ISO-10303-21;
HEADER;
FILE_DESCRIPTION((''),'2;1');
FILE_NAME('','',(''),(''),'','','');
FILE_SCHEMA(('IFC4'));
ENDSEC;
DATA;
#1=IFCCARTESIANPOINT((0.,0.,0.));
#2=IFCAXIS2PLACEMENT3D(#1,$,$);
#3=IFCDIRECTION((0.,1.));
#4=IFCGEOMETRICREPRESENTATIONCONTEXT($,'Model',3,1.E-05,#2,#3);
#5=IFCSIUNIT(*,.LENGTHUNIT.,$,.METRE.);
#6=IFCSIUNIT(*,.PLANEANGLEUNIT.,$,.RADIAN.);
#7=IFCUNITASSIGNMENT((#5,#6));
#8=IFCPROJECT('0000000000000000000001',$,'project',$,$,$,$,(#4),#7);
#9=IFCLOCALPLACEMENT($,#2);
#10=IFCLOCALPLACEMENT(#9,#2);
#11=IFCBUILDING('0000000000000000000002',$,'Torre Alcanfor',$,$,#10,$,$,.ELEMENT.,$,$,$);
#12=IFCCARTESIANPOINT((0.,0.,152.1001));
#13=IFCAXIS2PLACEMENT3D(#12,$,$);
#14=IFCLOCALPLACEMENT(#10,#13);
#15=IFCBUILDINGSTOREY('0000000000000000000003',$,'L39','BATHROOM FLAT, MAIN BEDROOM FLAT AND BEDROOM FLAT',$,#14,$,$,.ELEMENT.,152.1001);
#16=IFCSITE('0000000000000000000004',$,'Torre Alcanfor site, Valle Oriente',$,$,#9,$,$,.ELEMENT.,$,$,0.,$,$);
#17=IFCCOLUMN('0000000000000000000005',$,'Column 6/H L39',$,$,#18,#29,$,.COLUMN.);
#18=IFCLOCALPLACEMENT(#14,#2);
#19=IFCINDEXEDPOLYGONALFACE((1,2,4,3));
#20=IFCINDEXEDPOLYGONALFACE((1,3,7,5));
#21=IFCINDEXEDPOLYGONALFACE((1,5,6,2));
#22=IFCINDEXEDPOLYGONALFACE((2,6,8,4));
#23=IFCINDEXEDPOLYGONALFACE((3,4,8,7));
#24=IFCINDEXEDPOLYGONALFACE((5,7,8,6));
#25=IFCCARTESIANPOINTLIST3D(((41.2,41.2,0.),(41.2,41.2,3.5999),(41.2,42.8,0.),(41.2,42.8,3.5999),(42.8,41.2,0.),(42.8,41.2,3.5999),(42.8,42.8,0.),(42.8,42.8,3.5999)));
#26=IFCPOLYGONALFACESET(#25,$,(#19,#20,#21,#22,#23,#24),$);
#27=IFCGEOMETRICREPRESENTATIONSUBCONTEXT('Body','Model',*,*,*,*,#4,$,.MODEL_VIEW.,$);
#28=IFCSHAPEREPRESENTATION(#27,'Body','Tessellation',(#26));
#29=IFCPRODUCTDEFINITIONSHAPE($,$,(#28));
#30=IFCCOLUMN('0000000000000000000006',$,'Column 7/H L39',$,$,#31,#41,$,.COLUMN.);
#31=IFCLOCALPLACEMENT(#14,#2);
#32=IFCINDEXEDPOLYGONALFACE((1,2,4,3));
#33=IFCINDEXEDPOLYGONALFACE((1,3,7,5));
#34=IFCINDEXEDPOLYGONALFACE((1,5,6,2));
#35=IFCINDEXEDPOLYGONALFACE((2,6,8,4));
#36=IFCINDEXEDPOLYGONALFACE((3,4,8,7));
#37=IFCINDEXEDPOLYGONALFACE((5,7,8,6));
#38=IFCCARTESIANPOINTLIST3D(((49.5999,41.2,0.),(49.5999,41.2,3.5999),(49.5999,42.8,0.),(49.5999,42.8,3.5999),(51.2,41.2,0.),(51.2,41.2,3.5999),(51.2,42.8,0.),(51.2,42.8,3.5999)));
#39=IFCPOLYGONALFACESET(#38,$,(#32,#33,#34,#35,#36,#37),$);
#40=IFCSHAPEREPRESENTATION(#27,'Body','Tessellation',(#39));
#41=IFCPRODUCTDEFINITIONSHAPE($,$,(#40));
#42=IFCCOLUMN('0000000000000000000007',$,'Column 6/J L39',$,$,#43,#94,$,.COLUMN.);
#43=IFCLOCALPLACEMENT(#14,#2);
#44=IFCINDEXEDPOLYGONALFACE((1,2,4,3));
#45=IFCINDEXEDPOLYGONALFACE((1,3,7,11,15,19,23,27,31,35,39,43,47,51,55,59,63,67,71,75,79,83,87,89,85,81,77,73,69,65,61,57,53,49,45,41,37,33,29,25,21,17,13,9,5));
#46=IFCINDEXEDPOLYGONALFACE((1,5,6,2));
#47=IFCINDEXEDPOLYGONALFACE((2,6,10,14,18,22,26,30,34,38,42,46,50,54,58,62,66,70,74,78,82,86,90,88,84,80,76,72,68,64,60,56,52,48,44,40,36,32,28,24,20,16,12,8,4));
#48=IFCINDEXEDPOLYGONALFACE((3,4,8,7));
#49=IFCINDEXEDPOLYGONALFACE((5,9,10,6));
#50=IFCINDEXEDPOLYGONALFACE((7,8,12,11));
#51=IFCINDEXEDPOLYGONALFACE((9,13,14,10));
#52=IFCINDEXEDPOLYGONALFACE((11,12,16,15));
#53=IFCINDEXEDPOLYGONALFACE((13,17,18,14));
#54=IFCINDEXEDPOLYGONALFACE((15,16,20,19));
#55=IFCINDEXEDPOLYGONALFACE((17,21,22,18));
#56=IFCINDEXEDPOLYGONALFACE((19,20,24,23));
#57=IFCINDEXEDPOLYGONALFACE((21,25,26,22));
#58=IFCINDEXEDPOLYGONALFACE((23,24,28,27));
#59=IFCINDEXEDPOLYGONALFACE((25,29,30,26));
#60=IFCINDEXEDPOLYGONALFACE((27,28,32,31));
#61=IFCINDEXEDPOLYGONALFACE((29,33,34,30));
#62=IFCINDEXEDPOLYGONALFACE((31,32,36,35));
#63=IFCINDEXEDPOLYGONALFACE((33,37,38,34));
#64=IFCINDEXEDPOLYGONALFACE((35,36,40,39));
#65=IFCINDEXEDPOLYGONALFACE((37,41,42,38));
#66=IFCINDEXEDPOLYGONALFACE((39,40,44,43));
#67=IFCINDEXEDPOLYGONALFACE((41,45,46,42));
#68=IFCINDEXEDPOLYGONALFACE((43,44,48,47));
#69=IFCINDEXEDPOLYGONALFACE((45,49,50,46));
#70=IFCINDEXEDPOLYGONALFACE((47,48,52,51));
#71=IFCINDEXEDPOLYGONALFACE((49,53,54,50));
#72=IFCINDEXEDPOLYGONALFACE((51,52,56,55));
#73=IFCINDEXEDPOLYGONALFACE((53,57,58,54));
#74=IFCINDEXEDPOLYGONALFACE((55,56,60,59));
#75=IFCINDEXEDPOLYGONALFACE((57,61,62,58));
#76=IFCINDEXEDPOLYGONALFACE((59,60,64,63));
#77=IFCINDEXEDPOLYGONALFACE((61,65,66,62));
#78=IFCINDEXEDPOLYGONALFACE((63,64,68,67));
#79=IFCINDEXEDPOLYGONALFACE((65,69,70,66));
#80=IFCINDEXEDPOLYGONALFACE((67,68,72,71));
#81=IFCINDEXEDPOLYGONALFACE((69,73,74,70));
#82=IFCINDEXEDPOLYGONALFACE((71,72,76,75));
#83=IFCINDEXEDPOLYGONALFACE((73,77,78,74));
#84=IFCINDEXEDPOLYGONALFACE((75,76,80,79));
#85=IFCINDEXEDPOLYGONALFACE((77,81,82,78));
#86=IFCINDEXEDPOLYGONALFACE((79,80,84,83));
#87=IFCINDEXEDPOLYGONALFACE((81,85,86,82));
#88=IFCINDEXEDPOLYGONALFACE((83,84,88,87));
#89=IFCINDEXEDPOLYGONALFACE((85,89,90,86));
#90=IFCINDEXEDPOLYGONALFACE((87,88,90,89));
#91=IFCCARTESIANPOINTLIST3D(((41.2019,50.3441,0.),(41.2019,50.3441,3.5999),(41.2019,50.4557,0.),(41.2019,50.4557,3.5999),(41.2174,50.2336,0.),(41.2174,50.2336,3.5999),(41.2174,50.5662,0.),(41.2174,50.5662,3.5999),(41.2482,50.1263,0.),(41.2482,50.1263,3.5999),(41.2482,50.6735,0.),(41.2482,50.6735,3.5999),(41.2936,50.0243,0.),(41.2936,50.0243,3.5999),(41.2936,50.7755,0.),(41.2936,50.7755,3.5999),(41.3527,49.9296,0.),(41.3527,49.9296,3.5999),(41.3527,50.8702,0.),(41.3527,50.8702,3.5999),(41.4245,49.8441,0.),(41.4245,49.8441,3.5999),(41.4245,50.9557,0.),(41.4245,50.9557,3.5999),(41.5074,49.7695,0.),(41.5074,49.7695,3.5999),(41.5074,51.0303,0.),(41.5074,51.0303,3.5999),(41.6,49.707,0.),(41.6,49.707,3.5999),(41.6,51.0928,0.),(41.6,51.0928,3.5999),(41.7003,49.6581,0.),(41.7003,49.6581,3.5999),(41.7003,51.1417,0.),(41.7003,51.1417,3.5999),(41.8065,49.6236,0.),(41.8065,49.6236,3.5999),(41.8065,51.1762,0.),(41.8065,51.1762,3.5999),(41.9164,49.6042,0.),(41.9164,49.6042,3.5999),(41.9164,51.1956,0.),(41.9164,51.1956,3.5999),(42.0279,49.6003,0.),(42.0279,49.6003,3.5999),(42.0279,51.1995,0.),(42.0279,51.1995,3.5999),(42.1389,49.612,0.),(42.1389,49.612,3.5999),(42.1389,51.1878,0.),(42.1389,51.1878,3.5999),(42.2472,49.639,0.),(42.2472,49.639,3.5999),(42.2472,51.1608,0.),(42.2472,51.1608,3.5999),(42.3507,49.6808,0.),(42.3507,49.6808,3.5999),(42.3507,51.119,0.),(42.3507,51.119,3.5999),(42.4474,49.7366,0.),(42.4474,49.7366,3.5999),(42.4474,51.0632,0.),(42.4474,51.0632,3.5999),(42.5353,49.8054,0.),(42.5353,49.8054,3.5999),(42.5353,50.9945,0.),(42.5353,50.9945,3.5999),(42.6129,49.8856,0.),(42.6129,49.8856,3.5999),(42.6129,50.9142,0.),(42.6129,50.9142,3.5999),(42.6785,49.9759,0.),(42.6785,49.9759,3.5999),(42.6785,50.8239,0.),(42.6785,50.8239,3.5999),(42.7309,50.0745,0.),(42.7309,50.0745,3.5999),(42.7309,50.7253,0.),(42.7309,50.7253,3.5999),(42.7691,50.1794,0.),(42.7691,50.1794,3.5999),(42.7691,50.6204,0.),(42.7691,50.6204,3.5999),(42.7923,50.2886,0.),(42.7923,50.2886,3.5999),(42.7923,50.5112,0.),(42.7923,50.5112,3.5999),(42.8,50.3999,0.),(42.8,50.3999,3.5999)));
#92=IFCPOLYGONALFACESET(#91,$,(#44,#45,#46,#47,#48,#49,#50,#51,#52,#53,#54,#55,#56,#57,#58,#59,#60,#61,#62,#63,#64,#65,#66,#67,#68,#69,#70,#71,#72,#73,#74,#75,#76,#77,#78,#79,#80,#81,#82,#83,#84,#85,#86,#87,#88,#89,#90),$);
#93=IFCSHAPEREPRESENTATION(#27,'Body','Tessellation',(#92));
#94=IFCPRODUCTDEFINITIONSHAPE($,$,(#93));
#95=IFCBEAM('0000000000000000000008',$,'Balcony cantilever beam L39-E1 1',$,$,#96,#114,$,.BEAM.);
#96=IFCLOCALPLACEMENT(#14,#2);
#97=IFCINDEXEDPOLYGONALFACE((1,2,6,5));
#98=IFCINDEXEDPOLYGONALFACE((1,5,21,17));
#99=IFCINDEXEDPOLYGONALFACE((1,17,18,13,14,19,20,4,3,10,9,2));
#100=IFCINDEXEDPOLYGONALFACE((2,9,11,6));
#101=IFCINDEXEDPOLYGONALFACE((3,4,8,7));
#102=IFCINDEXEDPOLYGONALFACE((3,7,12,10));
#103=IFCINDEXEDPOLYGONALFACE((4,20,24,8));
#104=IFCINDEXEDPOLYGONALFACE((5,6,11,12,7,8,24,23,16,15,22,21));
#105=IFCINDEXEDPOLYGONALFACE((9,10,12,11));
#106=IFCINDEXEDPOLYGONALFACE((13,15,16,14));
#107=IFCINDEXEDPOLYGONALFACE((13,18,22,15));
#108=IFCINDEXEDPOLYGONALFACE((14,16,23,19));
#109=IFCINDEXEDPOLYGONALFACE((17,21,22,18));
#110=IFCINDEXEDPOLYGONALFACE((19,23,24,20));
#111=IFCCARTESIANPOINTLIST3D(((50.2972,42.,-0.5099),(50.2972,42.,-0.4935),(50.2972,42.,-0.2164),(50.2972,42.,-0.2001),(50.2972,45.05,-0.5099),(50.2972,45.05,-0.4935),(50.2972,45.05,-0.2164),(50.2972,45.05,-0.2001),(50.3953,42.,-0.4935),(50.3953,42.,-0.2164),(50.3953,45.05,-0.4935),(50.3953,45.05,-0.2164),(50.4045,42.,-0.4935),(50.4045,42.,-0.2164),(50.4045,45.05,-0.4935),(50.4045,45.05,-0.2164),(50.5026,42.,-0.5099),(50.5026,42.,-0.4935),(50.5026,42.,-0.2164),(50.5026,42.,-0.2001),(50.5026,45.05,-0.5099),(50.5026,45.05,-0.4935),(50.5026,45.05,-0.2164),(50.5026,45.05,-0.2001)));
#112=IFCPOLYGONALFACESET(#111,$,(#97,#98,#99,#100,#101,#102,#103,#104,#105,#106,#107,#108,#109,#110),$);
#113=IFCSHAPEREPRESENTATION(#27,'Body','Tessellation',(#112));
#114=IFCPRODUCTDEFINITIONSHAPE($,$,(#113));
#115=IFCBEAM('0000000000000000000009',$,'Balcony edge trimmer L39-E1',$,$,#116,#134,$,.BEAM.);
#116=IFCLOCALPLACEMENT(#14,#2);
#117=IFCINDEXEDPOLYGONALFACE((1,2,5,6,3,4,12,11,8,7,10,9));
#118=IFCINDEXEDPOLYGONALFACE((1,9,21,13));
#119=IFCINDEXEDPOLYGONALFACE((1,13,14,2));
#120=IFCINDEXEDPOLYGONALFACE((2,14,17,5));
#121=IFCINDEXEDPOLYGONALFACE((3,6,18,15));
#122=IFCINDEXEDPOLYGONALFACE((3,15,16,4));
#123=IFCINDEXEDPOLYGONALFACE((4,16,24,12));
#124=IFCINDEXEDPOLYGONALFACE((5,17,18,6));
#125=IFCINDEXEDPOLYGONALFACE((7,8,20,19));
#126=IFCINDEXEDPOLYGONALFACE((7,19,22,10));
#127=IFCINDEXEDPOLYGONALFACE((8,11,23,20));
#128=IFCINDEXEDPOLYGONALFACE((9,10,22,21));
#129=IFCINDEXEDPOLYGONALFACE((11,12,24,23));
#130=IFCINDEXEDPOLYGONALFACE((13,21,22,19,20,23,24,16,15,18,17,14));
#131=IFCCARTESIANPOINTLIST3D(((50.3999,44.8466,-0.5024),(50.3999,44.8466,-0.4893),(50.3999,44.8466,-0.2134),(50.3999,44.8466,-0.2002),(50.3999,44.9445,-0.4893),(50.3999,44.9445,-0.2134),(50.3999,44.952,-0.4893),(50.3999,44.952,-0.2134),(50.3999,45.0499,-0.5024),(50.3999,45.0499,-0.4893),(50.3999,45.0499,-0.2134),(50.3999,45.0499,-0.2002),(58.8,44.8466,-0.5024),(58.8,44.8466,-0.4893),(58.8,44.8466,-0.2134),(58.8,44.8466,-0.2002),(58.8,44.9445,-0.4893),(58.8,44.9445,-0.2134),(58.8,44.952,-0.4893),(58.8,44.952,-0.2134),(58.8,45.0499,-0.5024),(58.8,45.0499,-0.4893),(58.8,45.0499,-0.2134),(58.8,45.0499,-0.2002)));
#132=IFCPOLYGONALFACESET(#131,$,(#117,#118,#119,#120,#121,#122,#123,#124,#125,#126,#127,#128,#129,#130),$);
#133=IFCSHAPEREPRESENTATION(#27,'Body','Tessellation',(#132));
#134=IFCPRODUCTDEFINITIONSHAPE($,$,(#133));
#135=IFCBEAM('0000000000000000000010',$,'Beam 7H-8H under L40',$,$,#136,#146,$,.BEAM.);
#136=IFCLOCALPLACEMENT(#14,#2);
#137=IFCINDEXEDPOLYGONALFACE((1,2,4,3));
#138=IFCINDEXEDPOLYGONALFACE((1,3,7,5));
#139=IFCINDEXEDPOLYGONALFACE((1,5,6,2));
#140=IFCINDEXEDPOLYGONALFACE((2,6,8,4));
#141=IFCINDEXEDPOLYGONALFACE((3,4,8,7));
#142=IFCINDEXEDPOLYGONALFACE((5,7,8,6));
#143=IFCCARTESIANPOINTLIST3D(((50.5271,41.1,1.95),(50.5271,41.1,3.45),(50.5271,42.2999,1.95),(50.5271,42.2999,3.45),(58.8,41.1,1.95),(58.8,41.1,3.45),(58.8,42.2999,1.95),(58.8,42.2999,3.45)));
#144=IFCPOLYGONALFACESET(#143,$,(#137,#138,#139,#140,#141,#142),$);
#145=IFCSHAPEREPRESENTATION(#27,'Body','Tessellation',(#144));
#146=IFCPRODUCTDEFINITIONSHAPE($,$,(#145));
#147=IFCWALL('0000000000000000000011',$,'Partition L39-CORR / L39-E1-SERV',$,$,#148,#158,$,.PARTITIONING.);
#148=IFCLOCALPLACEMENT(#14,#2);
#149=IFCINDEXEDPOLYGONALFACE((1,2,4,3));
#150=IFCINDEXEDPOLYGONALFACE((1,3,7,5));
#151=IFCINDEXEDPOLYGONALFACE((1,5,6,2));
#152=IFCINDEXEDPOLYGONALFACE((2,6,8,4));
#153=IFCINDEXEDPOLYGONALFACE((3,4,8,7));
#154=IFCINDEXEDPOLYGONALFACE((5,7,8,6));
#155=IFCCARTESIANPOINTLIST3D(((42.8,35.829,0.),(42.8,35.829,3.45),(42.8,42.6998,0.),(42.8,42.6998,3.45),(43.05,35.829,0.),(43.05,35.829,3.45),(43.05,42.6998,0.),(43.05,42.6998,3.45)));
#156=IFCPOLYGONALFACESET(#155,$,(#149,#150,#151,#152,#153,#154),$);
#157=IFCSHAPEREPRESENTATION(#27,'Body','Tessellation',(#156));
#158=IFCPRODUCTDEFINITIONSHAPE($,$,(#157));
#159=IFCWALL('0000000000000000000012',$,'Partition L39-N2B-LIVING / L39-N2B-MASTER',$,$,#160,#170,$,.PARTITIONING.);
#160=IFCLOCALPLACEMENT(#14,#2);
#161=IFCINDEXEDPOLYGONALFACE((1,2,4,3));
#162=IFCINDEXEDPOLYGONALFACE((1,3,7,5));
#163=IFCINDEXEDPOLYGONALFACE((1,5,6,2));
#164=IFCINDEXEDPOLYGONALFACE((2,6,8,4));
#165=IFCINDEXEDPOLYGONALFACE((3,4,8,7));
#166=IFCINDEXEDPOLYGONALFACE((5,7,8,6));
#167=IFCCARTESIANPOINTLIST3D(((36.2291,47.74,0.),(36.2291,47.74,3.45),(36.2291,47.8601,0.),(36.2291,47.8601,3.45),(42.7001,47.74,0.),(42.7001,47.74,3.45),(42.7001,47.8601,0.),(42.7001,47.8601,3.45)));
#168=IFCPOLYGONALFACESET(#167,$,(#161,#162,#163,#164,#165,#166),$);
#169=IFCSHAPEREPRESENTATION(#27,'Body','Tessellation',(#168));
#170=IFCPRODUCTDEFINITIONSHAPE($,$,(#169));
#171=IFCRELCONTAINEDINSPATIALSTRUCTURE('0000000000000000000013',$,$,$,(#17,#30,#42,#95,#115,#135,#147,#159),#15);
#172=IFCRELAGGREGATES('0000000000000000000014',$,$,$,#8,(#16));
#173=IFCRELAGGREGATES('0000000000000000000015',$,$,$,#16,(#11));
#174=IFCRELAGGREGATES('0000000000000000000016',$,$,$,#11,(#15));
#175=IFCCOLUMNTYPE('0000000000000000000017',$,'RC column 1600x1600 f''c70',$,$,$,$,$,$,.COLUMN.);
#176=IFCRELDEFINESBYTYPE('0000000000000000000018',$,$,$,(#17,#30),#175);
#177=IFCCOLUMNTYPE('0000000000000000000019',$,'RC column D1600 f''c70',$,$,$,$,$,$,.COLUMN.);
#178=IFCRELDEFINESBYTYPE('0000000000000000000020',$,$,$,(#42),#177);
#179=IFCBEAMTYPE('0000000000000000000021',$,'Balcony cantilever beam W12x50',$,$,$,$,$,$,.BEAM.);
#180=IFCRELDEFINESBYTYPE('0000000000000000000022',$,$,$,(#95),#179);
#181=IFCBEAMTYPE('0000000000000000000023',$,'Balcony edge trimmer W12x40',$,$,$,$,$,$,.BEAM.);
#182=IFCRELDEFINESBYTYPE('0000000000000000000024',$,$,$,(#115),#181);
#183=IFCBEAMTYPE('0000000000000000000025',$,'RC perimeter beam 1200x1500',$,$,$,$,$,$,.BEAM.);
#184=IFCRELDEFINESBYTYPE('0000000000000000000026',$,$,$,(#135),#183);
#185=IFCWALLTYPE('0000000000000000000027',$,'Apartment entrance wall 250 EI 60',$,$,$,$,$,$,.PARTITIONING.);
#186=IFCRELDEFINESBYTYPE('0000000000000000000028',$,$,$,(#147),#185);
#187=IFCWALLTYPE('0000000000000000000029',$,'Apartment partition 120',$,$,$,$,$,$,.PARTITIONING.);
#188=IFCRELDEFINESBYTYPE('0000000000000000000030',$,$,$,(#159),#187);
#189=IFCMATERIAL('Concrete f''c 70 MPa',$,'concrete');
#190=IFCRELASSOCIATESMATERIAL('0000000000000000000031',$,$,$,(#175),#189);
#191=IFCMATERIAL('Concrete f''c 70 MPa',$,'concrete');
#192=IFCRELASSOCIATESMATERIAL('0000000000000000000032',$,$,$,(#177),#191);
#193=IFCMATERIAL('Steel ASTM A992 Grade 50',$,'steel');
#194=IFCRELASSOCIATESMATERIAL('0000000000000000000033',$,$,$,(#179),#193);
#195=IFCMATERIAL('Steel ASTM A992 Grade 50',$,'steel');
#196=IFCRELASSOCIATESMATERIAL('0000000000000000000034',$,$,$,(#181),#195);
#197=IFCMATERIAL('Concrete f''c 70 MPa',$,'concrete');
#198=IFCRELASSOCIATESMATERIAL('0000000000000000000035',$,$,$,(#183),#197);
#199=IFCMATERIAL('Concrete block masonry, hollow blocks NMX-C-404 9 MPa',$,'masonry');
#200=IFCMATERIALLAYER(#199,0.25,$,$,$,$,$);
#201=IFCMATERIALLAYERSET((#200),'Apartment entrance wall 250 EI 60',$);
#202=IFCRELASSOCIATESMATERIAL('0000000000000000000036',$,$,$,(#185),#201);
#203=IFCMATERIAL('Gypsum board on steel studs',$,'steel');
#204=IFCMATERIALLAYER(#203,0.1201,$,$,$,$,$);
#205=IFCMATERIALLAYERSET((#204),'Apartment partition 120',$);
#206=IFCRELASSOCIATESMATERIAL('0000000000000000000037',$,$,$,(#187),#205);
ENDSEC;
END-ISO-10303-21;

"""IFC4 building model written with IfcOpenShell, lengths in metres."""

from ifc_helpers import new_model, si_unit, direction, frame, frame_2d, origin, origin_2d, place, context, subcontext, project, spatial, rectangle, circle, i_section, extrude, material, layer, layer_set, material_profile, profile_set, type_object, element, save


model = new_model("IFC4")

# Units and contexts
model_context = context("Model", 3, precision=1e-05, world=origin(), true_north=direction((0.0, 1.0)))
body_context = subcontext(model_context, "Body", "Model", "MODEL_VIEW")
ifc_project = project(units=[si_unit("LENGTHUNIT", "METRE"), si_unit("PLANEANGLEUNIT", "RADIAN")], contexts=[model_context])

# Site, building, storey
site_placement = place(None, origin())
site = spatial("IfcSite", under=ifc_project, at=site_placement, Name="Torre Alcanfor site, Valle Oriente", CompositionType="ELEMENT", RefElevation=0.0)
building_placement = place(site_placement, origin())
building = spatial("IfcBuilding", under=site, at=building_placement, Name="Torre Alcanfor", CompositionType="ELEMENT")
storey_placement = place(building_placement, frame((0.0, 0.0, 152.1001)))
storey = spatial("IfcBuildingStorey", under=building, at=storey_placement, Name="L39", Description="BATHROOM FLAT, MAIN BEDROOM FLAT AND BEDROOM FLAT", CompositionType="ELEMENT", Elevation=152.1001)

# Columns
ifc_material_1 = material(Name="Concrete f'c 70 MPa", Category="concrete")
ifc_material_profile_1 = material_profile(ifc_material_1, rectangle(XDim=1.6001, YDim=1.6001, at=origin_2d()), Name="1600x1600")
ifc_profile_set_1 = profile_set([ifc_material_profile_1], Name="Concrete f'c 70 MPa")
column_type_1 = type_object("IfcColumnType", Name="RC column 1600x1600 f'c70", PredefinedType="COLUMN", material=ifc_profile_set_1)
for number, where, z_axis, x_axis, name in (
    (1, (42.0, 42.0, 0.0), (0.0, 0.0, 1.0), (1.0, 0.0, 0.0), "Column 6/H L39"),
    (2, (50.3999, 42.0, 0.0), (0.0, 0.0, 1.0), (1.0, 0.0, 0.0), "Column 7/H L39"),
):
    element("IfcColumn", number, at=place(storey_placement, frame(where, z_axis=z_axis, x_axis=x_axis)), inside=storey, type_object=column_type_1, Name=name, PredefinedType="COLUMN", context=body_context, shape_type="SweptSolid", body=[
        extrude(rectangle(XDim=1.6001, YDim=1.6001, at=origin_2d()), origin(), (0.0, 0.0, 1.0), 3.5999),
    ])
ifc_material_2 = material(Name="Concrete f'c 70 MPa", Category="concrete")
ifc_material_profile_2 = material_profile(ifc_material_2, circle(Radius=0.8, at=origin_2d()), Name="D1600")
ifc_profile_set_2 = profile_set([ifc_material_profile_2], Name="Concrete f'c 70 MPa")
column_type_2 = type_object("IfcColumnType", Name="RC column D1600 f'c70", PredefinedType="COLUMN", material=ifc_profile_set_2)
column_placement = place(storey_placement, frame((42.0, 50.3999, 0.0), z_axis=(0.0, 0.0, 1.0), x_axis=(1.0, 0.0, 0.0)))
element("IfcColumn", 3, at=column_placement, inside=storey, type_object=column_type_2, Name="Column 6/J L39", PredefinedType="COLUMN", context=body_context, shape_type="SweptSolid", body=[
    extrude(circle(Radius=0.8, at=origin_2d()), origin(), (0.0, 0.0, 1.0), 3.5999),
])

# Beams
ifc_material_3 = material(Name="Steel ASTM A992 Grade 50", Category="steel")
ifc_material_profile_3 = material_profile(ifc_material_3, i_section(OverallWidth=0.2053, OverallDepth=0.3098, WebThickness=0.0093, FlangeThickness=0.0164, at=origin_2d()), Name="W12x50")
ifc_profile_set_3 = profile_set([ifc_material_profile_3], Name="Steel ASTM A992 Grade 50")
beam_type_1 = type_object("IfcBeamType", Name="Balcony cantilever beam W12x50", PredefinedType="BEAM", material=ifc_profile_set_3)
beam_1_placement = place(storey_placement, frame((50.3999, 42.0, -0.355), z_axis=(0.0, 1.0, 0.0), x_axis=(-1.0, 0.0, 0.0)))
element("IfcBeam", 4, at=beam_1_placement, inside=storey, type_object=beam_type_1, Name="Balcony cantilever beam L39-E1 1", PredefinedType="BEAM", context=body_context, shape_type="SweptSolid", body=[
    extrude(i_section(OverallWidth=0.2053, OverallDepth=0.3098, WebThickness=0.0093, FlangeThickness=0.0164, at=origin_2d()), origin(), (0.0, 0.0, 1.0), 3.05),
])
ifc_material_4 = material(Name="Steel ASTM A992 Grade 50", Category="steel")
ifc_material_profile_4 = material_profile(ifc_material_4, i_section(OverallWidth=0.2034, OverallDepth=0.3022, WebThickness=0.0076, FlangeThickness=0.0132, at=origin_2d()), Name="W12x40")
ifc_profile_set_4 = profile_set([ifc_material_profile_4], Name="Steel ASTM A992 Grade 50")
beam_type_2 = type_object("IfcBeamType", Name="Balcony edge trimmer W12x40", PredefinedType="BEAM", material=ifc_profile_set_4)
beam_2_placement = place(storey_placement, frame((50.3999, 44.9482, -0.3513), z_axis=(1.0, 0.0, 0.0), x_axis=(0.0, 1.0, 0.0)))
element("IfcBeam", 5, at=beam_2_placement, inside=storey, type_object=beam_type_2, Name="Balcony edge trimmer L39-E1", PredefinedType="BEAM", context=body_context, shape_type="SweptSolid", body=[
    extrude(i_section(OverallWidth=0.2034, OverallDepth=0.3022, WebThickness=0.0076, FlangeThickness=0.0132, at=origin_2d()), origin(), (0.0, 0.0, 1.0), 8.4001),
])
ifc_material_5 = material(Name="Concrete f'c 70 MPa", Category="concrete")
ifc_material_profile_5 = material_profile(ifc_material_5, rectangle(XDim=1.2, YDim=1.5, at=origin_2d()), Name="1200x1500")
ifc_profile_set_5 = profile_set([ifc_material_profile_5], Name="Concrete f'c 70 MPa")
beam_type_3 = type_object("IfcBeamType", Name="RC perimeter beam 1200x1500", PredefinedType="BEAM", material=ifc_profile_set_5)
beam_3_placement = place(storey_placement, frame((50.5271, 41.7, 2.7), z_axis=(1.0, 0.0, 0.0), x_axis=(0.0, 1.0, 0.0)))
element("IfcBeam", 6, at=beam_3_placement, inside=storey, type_object=beam_type_3, Name="Beam 7H-8H under L40", PredefinedType="BEAM", context=body_context, shape_type="SweptSolid", body=[
    extrude(rectangle(XDim=1.2, YDim=1.5, at=origin_2d()), origin(), (0.0, 0.0, 1.0), 8.2729),
])

# Walls
ifc_material_6 = material(Name="Concrete block masonry, hollow blocks NMX-C-404 9 MPa", Category="masonry")
ifc_layer_1 = layer(ifc_material_6, 0.25)
ifc_layer_set_1 = layer_set([ifc_layer_1], Name="Apartment entrance wall 250 EI 60")
wall_type_1 = type_object("IfcWallType", Name="Apartment entrance wall 250 EI 60", PredefinedType="PARTITIONING", material=ifc_layer_set_1)
wall_1_placement = place(storey_placement, frame((42.925, 42.7, 0.0), z_axis=(0.0, 0.0, 1.0), x_axis=(0.0, -1.0, 0.0)))
element("IfcWall", 7, at=wall_1_placement, inside=storey, type_object=wall_type_1, Name="Partition L39-CORR / L39-E1-SERV", PredefinedType="PARTITIONING", context=body_context, shape_type="SweptSolid", body=[
    extrude(rectangle(XDim=6.8708, YDim=0.25, at=frame_2d((3.4355, 0.0))), origin(), (0.0, 0.0, 1.0), 3.45),
])
ifc_material_7 = material(Name="Gypsum board on steel studs", Category="steel")
ifc_layer_2 = layer(ifc_material_7, 0.1201)
ifc_layer_set_2 = layer_set([ifc_layer_2], Name="Apartment partition 120")
wall_type_2 = type_object("IfcWallType", Name="Apartment partition 120", PredefinedType="PARTITIONING", material=ifc_layer_set_2)
wall_2_placement = place(storey_placement, frame((42.7, 47.8, 0.0), z_axis=(0.0, 0.0, 1.0), x_axis=(-1.0, 0.0, 0.0)))
element("IfcWall", 8, at=wall_2_placement, inside=storey, type_object=wall_type_2, Name="Partition L39-N2B-LIVING / L39-N2B-MASTER", PredefinedType="PARTITIONING", context=body_context, shape_type="SweptSolid", body=[
    extrude(rectangle(XDim=6.4709, YDim=0.1201, at=frame_2d((3.2354, 0.0))), origin(), (0.0, 0.0, 1.0), 3.45),
])

save(model, "model.ifc")
